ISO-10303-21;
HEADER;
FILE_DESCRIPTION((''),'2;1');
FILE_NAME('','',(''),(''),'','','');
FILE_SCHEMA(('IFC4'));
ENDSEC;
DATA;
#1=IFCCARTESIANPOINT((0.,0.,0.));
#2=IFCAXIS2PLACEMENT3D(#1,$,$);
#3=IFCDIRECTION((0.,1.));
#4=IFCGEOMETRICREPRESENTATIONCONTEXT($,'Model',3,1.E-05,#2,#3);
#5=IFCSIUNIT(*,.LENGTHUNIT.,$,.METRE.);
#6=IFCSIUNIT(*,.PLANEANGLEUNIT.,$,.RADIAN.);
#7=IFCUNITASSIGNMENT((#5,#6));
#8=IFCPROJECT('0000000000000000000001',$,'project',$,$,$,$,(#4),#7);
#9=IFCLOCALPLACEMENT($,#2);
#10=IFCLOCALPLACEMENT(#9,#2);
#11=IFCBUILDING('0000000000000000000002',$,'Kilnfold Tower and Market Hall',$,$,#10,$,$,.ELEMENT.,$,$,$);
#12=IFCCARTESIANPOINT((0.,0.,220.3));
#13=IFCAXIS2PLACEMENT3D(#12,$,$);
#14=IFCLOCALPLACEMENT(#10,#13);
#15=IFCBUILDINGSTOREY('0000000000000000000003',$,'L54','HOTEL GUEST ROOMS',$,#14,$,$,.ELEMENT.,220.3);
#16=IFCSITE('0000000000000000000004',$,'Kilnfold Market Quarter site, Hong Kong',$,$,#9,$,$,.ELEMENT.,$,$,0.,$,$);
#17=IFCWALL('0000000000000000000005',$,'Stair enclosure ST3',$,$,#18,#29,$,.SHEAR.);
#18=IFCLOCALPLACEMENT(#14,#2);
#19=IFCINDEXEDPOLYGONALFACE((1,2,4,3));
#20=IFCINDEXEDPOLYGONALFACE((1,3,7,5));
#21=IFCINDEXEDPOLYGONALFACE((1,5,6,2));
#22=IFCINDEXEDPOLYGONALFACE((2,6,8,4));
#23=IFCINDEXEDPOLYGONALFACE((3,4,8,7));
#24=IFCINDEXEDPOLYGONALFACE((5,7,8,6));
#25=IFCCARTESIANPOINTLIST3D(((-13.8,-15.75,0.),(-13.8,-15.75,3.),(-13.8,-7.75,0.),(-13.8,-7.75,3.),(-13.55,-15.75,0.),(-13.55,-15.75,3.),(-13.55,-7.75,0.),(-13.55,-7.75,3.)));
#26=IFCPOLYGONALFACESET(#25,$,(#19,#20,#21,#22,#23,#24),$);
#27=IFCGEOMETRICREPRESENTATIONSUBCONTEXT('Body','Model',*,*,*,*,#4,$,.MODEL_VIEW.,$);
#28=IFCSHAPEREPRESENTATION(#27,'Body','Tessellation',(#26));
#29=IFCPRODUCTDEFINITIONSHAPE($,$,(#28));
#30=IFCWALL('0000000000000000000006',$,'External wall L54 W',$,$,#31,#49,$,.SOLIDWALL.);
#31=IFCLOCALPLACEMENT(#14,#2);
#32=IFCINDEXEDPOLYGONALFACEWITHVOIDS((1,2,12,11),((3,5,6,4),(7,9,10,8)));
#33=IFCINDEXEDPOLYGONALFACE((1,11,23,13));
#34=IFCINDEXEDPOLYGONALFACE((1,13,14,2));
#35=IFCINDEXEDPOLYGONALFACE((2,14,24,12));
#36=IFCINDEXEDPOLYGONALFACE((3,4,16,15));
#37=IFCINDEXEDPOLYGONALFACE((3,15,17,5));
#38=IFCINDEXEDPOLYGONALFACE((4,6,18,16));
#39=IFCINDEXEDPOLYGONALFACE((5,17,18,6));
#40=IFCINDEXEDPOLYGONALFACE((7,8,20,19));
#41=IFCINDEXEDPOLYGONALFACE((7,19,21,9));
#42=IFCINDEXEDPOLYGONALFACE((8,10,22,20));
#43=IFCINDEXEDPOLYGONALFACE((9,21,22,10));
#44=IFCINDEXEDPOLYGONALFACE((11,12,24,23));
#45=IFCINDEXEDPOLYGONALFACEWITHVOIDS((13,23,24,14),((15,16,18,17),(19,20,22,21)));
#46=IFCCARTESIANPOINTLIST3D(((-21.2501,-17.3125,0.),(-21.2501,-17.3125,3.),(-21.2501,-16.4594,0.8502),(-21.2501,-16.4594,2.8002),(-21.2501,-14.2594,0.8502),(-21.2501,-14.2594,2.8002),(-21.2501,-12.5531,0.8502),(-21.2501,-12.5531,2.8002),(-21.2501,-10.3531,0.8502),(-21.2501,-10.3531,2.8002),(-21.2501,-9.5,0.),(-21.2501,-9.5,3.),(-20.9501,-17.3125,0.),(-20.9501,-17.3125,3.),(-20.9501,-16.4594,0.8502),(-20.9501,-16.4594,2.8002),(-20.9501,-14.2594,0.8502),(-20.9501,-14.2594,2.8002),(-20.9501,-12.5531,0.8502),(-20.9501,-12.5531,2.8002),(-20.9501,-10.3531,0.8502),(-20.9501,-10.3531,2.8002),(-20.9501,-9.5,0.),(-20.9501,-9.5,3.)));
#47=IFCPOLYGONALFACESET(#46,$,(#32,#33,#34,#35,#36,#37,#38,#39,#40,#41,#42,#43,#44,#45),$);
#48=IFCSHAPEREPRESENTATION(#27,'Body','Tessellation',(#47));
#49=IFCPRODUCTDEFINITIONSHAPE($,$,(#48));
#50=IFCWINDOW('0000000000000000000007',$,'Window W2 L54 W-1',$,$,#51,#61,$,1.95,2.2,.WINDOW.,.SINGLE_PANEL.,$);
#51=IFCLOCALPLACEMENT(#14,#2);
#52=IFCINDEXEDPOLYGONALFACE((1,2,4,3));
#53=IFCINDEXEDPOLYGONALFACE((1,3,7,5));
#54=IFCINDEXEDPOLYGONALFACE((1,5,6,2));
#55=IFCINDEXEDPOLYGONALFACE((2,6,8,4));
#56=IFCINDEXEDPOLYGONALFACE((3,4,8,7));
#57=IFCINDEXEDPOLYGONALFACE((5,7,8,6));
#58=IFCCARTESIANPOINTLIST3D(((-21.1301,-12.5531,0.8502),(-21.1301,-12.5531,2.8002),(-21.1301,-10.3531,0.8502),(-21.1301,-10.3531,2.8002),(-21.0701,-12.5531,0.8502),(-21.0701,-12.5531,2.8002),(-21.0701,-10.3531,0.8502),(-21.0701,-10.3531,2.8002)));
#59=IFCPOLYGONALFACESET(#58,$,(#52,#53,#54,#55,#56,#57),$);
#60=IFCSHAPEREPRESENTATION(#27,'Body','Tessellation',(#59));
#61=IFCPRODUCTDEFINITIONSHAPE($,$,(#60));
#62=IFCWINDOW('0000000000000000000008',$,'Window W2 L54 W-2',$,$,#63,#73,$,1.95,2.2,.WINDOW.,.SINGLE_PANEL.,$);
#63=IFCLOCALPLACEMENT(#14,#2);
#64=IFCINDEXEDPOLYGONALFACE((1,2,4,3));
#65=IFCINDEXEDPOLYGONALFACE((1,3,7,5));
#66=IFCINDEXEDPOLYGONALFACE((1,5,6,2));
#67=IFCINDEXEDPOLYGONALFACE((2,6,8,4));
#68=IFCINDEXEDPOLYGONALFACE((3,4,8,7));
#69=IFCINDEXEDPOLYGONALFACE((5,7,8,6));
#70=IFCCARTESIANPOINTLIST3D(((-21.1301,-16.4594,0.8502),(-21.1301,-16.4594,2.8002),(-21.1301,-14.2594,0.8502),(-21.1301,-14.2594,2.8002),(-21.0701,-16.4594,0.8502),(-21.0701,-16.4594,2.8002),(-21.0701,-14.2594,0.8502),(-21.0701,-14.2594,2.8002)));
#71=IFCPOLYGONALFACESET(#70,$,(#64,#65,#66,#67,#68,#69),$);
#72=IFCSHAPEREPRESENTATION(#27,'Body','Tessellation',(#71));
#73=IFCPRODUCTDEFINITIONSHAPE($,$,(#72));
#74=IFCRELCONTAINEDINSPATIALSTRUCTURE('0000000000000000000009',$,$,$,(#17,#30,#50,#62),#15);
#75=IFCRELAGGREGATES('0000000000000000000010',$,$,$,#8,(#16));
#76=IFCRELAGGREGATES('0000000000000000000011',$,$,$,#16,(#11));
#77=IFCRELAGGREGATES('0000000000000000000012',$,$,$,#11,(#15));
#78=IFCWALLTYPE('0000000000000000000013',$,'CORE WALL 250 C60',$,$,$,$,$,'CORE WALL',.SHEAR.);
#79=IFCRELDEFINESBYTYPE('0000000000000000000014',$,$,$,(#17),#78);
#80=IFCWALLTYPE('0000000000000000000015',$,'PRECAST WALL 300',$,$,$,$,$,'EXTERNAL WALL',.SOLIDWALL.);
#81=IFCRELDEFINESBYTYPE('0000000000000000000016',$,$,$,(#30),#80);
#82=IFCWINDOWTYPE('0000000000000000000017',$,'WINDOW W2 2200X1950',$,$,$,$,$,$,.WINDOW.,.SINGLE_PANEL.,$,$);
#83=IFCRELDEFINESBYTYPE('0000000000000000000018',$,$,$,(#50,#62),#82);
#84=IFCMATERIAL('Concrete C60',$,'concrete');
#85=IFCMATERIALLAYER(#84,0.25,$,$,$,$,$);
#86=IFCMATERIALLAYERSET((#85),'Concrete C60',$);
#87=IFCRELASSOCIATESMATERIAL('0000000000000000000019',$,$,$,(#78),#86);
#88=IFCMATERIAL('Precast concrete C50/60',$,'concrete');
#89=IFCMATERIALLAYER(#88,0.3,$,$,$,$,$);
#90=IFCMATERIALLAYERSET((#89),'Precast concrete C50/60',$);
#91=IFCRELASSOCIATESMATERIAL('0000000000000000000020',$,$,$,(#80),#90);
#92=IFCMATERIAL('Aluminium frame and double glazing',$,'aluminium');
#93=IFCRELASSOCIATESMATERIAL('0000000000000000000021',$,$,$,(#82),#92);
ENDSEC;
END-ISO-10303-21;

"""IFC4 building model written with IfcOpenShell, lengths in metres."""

from ifc_helpers import new_model, si_unit, direction, frame, frame_2d, origin, place, context, subcontext, project, spatial, rectangle, extrude, source, transform, mapped, material, layer, layer_set, type_object, element, fill, save


model = new_model("IFC4")

# Units and contexts
model_context = context("Model", 3, precision=1e-05, world=origin(), true_north=direction((0.0, 1.0)))
body_context = subcontext(model_context, "Body", "Model", "MODEL_VIEW")
ifc_project = project(units=[si_unit("LENGTHUNIT", "METRE"), si_unit("PLANEANGLEUNIT", "RADIAN")], contexts=[model_context])

# Site, building, storey
site_placement = place(None, origin())
site = spatial("IfcSite", under=ifc_project, at=site_placement, Name="Kilnfold Market Quarter site, Hong Kong", CompositionType="ELEMENT", RefElevation=0.0)
building_placement = place(site_placement, origin())
building = spatial("IfcBuilding", under=site, at=building_placement, Name="Kilnfold Tower and Market Hall", CompositionType="ELEMENT")
storey_placement = place(building_placement, frame((0.0, 0.0, 220.3)))
storey = spatial("IfcBuildingStorey", under=building, at=storey_placement, Name="L54", Description="HOTEL GUEST ROOMS", CompositionType="ELEMENT", Elevation=220.3)

# Shared definitions
ifc_material_1 = material(Name="Concrete C60", Category="concrete")
ifc_layer_1 = layer(ifc_material_1, 0.25)
ifc_layer_set_1 = layer_set([ifc_layer_1], Name="Concrete C60")
wall_type_1 = type_object("IfcWallType", Name="CORE WALL 250 C60", ElementType="CORE WALL", PredefinedType="SHEAR", material=ifc_layer_set_1)

# Wall
shared_shape_1 = source(origin(), body_context, "Body", "SweptSolid", [
    extrude(rectangle(XDim=8.0, YDim=0.25, at=frame_2d((4.0, 0.0))), origin(), (0.0, 0.0, 1.0), 3.0),
])
for number, where, z_axis, x_axis, name in (
    (1, (-13.675, -15.75, 0.0), (0.0, 0.0, 1.0), (0.0, 1.0, 0.0), "Stair enclosure ST3"),
):
    element("IfcWall", number, at=place(storey_placement, frame(where, z_axis=z_axis, x_axis=x_axis)), inside=storey, type_object=wall_type_1, Name=name, PredefinedType="SHEAR", context=body_context, shape_type="MappedRepresentation", body=[
        mapped(shared_shape_1, transform((0.0, 0.0, 0.0))),
    ])

# Wall, openings, windows
ifc_material_2 = material(Name="Precast concrete C50/60", Category="concrete")
ifc_layer_2 = layer(ifc_material_2, 0.3)
ifc_layer_set_2 = layer_set([ifc_layer_2], Name="Precast concrete C50/60")
wall_type_2 = type_object("IfcWallType", Name="PRECAST WALL 300", ElementType="EXTERNAL WALL", PredefinedType="SOLIDWALL", material=ifc_layer_set_2)
shared_shape_2 = source(origin(), body_context, "Body", "SweptSolid", [
    extrude(rectangle(XDim=7.8125, YDim=0.3, at=frame_2d((3.9062, 0.0))), origin(), (0.0, 0.0, 1.0), 3.0),
])
wall_1_placement = place(storey_placement, frame((-21.1001, -9.5, 0.0), z_axis=(0.0, 0.0, 1.0), x_axis=(0.0, -1.0, 0.0)))
wall_1 = element("IfcWall", 2, at=wall_1_placement, inside=storey, type_object=wall_type_2, Name="External wall L54 W", PredefinedType="SOLIDWALL", context=body_context, shape_type="MappedRepresentation", body=[
    mapped(shared_shape_2, transform((0.0, 0.0, 0.0))),
])
opening_1_placement = place(wall_1_placement, frame((0.853, 0.0, 0.8501)))
opening_1 = element("IfcOpeningElement", 3, at=opening_1_placement, cuts=wall_1, PredefinedType="OPENING", context=body_context, shape_type="SweptSolid", body=[
    extrude(rectangle(XDim=2.2, YDim=1.95, at=frame_2d((1.1001, 0.9751))), frame((0.0, 0.1602, 0.0), z_axis=(0.0, -1.0, 0.0), x_axis=(1.0, 0.0, 0.0)), (0.0, 0.0, 1.0), 0.3201),
])
opening_2_placement = place(wall_1_placement, frame((4.7593, 0.0, 0.8501)))
opening_2 = element("IfcOpeningElement", 4, at=opening_2_placement, cuts=wall_1, PredefinedType="OPENING", context=body_context, shape_type="SweptSolid", body=[
    extrude(rectangle(XDim=2.2, YDim=1.95, at=frame_2d((1.1001, 0.9751))), frame((0.0, 0.1602, 0.0), z_axis=(0.0, -1.0, 0.0), x_axis=(1.0, 0.0, 0.0)), (0.0, 0.0, 1.0), 0.3201),
])
ifc_material_3 = material(Name="Aluminium frame and double glazing", Category="aluminium")
window_type = type_object("IfcWindowType", Name="WINDOW W2 2200X1950", PartitioningType="SINGLE_PANEL", PredefinedType="WINDOW", material=ifc_material_3)
window_1_placement = place(opening_1_placement, origin())
window_1 = element("IfcWindow", 5, at=window_1_placement, inside=storey, type_object=window_type, Name="Window W2 L54 W-1", OverallHeight=1.95, OverallWidth=2.2, PartitioningType="SINGLE_PANEL", PredefinedType="WINDOW", context=body_context, shape_type="SweptSolid", body=[
    extrude(rectangle(XDim=2.2, YDim=1.95, at=frame_2d((1.1001, 0.9751))), frame((0.0, 0.03, 0.0), z_axis=(0.0, -1.0, 0.0), x_axis=(1.0, 0.0, 0.0)), (0.0, 0.0, 1.0), 0.0601),
])
fill(opening_1, window_1)
window_2_placement = place(opening_2_placement, origin())
window_2 = element("IfcWindow", 6, at=window_2_placement, inside=storey, type_object=window_type, Name="Window W2 L54 W-2", OverallHeight=1.95, OverallWidth=2.2, PartitioningType="SINGLE_PANEL", PredefinedType="WINDOW", context=body_context, shape_type="SweptSolid", body=[
    extrude(rectangle(XDim=2.2, YDim=1.95, at=frame_2d((1.1001, 0.9751))), frame((0.0, 0.03, 0.0), z_axis=(0.0, -1.0, 0.0), x_axis=(1.0, 0.0, 0.0)), (0.0, 0.0, 1.0), 0.0601),
])
fill(opening_2, window_2)

save(model, "model.ifc")
